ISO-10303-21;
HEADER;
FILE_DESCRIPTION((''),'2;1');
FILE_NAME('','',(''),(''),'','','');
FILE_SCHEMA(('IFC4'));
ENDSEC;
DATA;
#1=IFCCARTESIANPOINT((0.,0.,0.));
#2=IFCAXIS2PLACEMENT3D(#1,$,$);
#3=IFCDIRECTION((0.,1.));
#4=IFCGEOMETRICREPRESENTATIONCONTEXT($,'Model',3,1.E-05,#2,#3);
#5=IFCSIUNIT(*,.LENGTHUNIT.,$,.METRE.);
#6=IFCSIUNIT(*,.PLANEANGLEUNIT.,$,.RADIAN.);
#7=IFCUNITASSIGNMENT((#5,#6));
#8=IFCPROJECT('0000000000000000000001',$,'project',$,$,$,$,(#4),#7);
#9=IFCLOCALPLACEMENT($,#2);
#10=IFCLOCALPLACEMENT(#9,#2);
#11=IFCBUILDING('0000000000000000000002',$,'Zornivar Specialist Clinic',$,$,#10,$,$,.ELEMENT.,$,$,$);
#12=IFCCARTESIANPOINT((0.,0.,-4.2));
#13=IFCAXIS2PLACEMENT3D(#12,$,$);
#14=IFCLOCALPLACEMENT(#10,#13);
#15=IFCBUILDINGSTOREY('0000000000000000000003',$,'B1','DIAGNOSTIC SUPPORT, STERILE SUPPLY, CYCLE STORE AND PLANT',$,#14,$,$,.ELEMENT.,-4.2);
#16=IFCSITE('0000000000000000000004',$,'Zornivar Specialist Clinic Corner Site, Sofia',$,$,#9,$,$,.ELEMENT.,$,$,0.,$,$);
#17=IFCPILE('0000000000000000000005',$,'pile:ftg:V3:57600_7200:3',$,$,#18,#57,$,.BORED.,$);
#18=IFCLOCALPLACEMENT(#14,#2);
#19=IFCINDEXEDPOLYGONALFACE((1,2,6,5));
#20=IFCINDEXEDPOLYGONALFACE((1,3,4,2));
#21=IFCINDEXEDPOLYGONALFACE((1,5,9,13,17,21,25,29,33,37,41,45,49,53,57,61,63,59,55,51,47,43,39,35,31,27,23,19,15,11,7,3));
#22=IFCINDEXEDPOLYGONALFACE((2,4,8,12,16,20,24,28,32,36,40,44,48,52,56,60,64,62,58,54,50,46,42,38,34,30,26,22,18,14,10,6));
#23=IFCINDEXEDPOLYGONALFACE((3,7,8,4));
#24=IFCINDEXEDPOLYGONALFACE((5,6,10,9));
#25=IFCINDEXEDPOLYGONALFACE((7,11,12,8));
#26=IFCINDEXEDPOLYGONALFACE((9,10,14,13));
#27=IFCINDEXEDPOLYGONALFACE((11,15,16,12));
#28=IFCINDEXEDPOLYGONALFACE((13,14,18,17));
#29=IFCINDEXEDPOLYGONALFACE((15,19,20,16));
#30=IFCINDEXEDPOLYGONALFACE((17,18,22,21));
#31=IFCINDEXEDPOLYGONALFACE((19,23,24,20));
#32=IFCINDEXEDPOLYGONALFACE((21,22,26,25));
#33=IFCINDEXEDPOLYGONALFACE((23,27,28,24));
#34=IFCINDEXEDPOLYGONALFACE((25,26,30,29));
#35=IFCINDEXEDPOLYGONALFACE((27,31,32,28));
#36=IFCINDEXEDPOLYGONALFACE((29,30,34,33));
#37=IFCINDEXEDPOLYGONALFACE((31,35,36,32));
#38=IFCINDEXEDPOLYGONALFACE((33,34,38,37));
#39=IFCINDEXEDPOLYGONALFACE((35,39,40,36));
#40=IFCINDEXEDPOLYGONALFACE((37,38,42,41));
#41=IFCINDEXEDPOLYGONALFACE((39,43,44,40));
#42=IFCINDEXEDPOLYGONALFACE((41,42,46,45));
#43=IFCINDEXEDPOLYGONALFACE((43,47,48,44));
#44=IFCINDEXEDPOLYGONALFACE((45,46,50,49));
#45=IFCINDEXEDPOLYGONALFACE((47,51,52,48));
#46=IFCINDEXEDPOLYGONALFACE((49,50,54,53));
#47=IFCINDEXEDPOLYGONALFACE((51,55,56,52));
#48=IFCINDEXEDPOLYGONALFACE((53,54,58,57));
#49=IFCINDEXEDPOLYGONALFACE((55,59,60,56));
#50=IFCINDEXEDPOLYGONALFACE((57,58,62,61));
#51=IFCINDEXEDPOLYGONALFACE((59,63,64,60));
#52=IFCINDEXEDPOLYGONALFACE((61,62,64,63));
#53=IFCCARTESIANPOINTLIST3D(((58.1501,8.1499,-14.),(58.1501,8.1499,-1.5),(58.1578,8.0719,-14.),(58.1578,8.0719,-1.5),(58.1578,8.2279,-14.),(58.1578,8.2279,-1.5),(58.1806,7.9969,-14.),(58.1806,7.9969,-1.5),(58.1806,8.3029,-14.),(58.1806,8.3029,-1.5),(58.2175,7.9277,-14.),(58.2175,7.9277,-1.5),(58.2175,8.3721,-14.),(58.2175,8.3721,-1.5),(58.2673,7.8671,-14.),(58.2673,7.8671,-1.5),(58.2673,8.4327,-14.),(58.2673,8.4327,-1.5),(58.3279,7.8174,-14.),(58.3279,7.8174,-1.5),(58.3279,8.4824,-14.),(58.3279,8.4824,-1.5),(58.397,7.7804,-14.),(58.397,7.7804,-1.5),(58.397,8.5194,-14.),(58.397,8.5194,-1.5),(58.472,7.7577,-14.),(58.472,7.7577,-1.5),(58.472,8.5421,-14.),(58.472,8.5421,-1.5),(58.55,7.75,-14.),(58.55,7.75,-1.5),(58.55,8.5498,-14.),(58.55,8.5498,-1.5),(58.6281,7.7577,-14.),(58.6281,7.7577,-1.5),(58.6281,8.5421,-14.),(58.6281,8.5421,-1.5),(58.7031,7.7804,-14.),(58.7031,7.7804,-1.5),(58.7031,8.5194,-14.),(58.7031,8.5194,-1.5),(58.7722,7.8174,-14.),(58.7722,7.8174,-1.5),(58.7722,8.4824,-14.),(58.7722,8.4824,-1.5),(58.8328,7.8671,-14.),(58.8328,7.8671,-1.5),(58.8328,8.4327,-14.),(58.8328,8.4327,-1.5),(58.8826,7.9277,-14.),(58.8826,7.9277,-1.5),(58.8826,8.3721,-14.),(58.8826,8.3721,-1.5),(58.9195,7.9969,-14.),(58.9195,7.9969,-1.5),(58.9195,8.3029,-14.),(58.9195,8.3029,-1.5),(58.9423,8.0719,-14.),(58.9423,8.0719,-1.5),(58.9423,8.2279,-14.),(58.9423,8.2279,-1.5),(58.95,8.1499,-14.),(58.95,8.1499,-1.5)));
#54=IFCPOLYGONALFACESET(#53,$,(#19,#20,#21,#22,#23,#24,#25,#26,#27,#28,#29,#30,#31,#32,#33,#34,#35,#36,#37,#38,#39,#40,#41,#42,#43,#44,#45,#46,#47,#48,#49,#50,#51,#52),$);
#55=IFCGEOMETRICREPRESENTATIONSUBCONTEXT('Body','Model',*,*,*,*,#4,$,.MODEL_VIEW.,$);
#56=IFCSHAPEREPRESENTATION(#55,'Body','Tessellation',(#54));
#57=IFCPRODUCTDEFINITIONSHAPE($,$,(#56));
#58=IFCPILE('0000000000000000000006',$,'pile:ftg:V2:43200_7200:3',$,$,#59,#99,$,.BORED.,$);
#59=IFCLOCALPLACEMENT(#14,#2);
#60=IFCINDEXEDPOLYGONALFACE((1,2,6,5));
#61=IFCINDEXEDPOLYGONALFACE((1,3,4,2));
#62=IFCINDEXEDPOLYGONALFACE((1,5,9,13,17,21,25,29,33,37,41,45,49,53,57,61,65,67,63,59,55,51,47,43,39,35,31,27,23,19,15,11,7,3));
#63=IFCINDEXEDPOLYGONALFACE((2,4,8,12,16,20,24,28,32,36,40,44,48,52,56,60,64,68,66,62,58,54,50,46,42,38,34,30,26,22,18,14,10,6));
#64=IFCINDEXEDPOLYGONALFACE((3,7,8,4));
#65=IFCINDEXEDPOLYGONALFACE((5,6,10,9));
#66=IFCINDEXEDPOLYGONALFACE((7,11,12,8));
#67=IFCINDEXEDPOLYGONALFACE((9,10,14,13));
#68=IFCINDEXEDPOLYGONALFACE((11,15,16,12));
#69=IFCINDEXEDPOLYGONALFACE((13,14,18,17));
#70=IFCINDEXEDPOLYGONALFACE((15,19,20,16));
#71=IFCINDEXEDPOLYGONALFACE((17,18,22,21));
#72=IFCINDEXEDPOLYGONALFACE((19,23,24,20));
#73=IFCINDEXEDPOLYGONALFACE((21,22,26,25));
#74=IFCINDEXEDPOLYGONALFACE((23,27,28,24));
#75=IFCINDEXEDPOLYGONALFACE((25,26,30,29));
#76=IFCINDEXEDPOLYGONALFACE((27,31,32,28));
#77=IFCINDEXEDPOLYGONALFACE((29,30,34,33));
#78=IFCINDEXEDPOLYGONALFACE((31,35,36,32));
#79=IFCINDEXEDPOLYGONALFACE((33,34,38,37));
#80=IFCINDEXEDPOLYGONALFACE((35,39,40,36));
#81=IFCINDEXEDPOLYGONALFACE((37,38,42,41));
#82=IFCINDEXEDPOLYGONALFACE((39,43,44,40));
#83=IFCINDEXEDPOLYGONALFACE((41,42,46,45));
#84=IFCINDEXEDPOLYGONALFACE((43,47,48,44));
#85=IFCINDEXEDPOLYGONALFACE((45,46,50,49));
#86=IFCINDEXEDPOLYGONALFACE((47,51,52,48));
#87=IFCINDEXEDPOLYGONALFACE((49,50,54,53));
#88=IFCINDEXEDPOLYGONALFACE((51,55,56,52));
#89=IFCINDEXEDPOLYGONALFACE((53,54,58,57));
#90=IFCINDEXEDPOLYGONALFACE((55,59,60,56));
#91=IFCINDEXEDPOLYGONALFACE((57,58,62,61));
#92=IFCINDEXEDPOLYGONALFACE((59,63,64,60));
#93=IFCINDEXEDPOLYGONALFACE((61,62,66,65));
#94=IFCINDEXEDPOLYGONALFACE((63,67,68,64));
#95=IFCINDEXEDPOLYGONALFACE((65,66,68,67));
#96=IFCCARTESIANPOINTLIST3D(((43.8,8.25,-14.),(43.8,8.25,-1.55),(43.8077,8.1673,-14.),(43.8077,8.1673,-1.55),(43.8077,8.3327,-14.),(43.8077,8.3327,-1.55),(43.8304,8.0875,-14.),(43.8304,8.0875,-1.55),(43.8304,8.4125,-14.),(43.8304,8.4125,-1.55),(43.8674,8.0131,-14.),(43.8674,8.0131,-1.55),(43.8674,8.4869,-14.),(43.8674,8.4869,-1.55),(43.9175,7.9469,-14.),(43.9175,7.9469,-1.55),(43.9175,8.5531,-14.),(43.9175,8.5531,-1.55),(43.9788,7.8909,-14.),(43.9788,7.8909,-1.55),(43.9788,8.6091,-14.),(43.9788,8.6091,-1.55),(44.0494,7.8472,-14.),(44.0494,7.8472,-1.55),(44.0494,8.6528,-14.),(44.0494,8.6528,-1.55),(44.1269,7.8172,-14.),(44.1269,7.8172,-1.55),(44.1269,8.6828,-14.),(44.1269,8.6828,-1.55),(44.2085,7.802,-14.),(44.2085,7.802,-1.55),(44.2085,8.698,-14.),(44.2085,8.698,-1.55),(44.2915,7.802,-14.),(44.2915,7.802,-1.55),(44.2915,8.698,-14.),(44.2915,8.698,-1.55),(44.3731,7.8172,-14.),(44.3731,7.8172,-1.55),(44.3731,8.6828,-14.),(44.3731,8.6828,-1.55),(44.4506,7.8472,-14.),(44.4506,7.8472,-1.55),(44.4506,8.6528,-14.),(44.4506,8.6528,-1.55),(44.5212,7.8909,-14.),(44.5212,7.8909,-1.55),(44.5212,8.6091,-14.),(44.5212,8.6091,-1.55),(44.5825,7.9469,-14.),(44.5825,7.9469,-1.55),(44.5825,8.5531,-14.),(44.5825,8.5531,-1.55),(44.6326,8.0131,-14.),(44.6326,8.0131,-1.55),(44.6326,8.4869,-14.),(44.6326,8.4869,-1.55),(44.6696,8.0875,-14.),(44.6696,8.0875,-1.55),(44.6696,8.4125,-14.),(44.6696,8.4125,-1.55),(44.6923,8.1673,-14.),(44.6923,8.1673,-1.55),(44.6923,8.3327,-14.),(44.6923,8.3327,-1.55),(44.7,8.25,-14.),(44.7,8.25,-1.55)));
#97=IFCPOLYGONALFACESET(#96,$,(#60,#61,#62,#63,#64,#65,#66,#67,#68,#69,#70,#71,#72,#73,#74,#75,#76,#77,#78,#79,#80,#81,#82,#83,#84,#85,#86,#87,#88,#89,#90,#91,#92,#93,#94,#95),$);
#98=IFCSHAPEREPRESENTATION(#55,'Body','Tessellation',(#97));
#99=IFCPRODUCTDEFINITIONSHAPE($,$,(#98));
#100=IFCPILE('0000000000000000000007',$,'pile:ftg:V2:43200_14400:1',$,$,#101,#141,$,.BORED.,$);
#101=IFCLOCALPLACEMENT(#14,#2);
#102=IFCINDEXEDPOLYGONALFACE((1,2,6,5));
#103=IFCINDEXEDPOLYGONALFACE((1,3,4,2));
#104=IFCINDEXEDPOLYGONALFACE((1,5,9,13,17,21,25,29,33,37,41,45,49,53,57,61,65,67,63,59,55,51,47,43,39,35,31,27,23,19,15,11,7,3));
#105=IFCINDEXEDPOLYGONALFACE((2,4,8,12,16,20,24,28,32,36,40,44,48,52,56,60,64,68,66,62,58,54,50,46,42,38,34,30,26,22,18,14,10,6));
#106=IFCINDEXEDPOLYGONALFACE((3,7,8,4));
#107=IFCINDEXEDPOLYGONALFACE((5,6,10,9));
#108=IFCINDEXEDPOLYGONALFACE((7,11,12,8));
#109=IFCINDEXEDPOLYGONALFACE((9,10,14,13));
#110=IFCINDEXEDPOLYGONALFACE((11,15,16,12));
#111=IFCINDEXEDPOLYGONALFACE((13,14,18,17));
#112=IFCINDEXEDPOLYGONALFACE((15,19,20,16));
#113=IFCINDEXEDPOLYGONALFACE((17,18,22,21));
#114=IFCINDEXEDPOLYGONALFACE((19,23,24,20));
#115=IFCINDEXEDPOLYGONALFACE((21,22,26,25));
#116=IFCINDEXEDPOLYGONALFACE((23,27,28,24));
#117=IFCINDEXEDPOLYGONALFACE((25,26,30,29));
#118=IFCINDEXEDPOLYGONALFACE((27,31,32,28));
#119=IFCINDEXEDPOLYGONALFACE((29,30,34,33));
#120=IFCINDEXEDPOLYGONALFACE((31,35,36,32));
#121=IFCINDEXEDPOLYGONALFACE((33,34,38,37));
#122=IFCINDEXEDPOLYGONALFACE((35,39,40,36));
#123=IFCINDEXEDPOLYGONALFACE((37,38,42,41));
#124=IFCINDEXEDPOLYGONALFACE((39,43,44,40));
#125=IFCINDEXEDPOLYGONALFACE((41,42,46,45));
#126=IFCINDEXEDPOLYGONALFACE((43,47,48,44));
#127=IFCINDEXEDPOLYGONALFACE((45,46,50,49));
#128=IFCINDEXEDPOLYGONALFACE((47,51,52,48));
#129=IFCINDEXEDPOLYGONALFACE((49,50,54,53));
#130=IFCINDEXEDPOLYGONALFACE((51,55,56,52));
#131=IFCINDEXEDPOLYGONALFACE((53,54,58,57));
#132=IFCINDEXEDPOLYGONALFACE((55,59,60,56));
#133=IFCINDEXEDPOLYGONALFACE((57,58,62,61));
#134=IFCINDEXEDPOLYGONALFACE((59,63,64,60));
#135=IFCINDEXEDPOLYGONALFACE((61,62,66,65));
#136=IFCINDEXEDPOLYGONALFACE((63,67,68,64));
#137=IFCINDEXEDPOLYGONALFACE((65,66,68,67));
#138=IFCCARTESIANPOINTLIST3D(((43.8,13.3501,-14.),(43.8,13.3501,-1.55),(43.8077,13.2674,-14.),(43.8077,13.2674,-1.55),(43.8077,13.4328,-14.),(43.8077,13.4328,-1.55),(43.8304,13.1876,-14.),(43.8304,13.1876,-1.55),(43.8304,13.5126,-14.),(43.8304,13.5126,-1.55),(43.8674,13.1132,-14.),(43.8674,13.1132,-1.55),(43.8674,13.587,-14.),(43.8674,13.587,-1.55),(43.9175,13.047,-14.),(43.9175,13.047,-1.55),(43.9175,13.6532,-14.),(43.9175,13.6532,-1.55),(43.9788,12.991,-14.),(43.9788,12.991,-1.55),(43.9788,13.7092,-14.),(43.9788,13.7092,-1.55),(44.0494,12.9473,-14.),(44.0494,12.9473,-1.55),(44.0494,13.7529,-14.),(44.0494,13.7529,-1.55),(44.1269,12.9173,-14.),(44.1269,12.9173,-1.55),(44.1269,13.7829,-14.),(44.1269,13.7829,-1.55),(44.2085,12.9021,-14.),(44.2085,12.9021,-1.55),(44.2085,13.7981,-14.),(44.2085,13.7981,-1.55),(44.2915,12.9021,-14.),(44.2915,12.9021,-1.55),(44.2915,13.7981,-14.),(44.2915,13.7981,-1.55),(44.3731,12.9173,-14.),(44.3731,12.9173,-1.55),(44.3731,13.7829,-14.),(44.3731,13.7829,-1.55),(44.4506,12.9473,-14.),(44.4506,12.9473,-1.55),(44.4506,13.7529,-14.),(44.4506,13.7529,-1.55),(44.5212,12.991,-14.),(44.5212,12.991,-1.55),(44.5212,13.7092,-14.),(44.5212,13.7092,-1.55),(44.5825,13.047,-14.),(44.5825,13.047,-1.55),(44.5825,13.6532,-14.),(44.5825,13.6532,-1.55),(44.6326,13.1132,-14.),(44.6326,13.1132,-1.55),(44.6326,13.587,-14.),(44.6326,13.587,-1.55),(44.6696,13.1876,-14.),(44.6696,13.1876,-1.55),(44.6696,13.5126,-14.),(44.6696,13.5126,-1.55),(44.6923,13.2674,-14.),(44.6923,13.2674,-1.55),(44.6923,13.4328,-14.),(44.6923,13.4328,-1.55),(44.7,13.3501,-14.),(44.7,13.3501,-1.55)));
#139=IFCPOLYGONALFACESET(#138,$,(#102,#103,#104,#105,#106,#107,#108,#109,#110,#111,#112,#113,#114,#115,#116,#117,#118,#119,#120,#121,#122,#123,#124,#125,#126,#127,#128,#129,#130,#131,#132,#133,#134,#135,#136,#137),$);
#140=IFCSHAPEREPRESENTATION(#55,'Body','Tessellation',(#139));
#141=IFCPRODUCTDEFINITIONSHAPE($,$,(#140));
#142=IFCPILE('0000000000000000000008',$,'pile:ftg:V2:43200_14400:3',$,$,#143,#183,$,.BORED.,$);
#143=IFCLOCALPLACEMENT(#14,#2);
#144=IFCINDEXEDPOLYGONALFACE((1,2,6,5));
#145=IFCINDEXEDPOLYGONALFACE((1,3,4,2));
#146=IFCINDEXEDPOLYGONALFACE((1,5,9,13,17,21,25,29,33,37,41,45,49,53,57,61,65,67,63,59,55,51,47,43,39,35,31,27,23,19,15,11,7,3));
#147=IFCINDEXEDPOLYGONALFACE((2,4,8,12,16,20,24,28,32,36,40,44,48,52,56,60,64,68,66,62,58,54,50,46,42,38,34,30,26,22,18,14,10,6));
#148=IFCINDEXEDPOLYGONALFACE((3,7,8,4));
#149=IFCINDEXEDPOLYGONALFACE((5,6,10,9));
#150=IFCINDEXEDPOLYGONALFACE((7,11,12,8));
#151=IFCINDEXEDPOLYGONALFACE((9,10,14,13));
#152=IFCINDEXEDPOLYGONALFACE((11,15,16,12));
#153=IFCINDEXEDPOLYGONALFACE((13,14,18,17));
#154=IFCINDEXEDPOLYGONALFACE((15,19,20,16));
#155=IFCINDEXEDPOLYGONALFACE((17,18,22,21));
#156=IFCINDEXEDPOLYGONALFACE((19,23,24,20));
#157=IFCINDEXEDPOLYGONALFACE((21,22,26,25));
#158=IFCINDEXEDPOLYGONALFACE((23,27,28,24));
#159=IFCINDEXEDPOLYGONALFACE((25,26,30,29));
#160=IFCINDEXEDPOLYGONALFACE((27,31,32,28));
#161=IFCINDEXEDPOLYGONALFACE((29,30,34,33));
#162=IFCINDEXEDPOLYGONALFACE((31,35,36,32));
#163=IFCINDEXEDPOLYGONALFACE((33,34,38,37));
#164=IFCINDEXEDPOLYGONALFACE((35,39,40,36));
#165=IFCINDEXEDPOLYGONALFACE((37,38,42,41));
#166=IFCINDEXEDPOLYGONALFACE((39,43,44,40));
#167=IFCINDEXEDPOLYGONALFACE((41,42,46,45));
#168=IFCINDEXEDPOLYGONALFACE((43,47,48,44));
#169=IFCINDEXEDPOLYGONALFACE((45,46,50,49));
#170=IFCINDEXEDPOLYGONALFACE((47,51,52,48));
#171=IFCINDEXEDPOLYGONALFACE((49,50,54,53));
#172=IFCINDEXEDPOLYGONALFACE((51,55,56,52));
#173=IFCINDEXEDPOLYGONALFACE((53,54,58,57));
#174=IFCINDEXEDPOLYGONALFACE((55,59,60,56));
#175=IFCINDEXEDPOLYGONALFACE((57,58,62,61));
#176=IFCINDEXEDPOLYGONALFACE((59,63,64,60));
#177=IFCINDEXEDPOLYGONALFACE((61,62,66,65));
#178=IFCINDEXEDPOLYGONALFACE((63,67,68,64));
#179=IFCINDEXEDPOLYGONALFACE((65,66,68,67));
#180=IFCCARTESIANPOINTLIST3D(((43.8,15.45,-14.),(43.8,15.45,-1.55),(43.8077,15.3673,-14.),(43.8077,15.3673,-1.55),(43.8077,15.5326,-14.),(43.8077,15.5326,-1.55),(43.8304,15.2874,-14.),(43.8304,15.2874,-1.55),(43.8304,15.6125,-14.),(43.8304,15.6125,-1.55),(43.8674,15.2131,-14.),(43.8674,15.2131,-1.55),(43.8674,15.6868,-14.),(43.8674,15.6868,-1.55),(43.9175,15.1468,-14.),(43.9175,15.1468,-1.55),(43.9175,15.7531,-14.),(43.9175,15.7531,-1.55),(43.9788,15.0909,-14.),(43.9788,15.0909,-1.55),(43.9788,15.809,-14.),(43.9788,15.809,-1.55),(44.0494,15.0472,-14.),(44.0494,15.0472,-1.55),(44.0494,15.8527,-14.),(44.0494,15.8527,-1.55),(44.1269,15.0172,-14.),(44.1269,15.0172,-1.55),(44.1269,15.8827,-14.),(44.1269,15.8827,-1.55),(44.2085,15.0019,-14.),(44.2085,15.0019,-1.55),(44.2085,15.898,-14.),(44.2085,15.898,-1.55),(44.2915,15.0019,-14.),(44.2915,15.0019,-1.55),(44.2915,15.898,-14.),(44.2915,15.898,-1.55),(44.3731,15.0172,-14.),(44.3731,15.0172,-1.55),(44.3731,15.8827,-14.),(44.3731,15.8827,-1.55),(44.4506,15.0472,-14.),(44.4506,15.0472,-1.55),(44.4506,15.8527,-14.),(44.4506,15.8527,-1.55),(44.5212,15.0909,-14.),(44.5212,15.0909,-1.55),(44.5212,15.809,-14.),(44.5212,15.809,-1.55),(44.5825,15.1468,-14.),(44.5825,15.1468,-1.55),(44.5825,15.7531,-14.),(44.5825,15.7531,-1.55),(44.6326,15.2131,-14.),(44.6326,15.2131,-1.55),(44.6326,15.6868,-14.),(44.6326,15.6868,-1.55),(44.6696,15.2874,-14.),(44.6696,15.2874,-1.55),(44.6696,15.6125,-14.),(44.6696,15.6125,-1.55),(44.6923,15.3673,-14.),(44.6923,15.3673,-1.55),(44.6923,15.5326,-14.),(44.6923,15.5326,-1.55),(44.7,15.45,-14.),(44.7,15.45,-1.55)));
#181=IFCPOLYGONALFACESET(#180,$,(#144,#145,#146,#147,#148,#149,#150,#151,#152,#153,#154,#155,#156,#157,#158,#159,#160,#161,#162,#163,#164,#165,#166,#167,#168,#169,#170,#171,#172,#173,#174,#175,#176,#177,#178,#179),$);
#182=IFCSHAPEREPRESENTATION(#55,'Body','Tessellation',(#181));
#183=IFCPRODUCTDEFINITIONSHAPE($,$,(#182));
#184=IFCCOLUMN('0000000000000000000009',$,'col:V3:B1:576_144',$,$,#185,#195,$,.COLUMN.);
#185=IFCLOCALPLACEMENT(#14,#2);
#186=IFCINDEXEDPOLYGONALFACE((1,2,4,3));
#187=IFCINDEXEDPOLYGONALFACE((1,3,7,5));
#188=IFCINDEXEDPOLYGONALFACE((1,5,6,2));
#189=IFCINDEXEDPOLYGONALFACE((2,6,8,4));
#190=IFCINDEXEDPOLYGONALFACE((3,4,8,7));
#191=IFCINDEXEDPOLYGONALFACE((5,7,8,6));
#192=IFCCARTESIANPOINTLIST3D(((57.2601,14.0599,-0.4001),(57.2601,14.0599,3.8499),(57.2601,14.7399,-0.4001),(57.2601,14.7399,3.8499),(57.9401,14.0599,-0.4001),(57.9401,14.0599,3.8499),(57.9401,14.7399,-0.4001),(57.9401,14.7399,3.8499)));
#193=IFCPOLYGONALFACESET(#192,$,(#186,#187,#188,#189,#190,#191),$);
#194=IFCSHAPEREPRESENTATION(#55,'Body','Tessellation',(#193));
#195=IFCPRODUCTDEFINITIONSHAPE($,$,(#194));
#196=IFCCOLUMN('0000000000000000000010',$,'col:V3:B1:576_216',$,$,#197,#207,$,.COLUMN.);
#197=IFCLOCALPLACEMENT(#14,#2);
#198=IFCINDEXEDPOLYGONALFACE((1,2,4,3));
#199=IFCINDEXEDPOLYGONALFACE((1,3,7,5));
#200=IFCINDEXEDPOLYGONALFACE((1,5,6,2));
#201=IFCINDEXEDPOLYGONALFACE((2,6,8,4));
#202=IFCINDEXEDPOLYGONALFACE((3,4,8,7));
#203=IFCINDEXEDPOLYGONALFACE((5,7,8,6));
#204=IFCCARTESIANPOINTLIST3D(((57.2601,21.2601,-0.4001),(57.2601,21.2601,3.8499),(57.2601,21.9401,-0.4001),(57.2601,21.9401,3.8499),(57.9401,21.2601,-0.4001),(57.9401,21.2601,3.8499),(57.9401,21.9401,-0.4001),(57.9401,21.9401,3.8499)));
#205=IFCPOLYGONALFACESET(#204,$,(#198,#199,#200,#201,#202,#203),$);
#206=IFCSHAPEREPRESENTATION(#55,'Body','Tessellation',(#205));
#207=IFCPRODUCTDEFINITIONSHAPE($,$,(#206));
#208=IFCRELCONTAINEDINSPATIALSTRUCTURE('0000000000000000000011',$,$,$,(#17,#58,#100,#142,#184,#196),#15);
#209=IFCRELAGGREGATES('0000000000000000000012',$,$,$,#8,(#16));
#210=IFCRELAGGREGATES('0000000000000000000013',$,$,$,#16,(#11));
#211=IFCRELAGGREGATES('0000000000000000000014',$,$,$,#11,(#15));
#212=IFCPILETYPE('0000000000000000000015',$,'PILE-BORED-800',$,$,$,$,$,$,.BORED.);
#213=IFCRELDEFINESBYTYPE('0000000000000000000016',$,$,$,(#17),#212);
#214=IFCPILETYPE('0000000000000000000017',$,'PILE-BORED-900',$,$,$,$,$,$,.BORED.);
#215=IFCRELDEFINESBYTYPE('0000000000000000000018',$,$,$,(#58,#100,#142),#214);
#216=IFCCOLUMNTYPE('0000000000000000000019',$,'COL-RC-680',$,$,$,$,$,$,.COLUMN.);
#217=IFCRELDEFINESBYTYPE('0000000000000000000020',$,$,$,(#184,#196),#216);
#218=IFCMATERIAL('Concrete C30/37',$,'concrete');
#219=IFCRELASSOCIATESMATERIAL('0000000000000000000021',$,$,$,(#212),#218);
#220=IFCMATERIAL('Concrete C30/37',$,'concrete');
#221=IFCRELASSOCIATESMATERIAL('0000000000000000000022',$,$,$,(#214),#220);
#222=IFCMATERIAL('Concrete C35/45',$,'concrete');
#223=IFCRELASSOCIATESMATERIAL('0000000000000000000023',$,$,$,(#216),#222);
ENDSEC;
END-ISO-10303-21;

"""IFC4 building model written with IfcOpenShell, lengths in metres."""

from ifc_helpers import new_model, si_unit, direction, frame, origin, origin_2d, place, context, subcontext, project, spatial, rectangle, circle, extrude, material, material_profile, profile_set, type_object, element, save


model = new_model("IFC4")

# Units and contexts
model_context = context("Model", 3, precision=1e-05, world=origin(), true_north=direction((0.0, 1.0)))
body_context = subcontext(model_context, "Body", "Model", "MODEL_VIEW")
ifc_project = project(units=[si_unit("LENGTHUNIT", "METRE"), si_unit("PLANEANGLEUNIT", "RADIAN")], contexts=[model_context])

# Site, building, storey
site_placement = place(None, origin())
site = spatial("IfcSite", under=ifc_project, at=site_placement, Name="Zornivar Specialist Clinic Corner Site, Sofia", CompositionType="ELEMENT", RefElevation=0.0)
building_placement = place(site_placement, origin())
building = spatial("IfcBuilding", under=site, at=building_placement, Name="Zornivar Specialist Clinic", CompositionType="ELEMENT")
storey_placement = place(building_placement, frame((0.0, 0.0, -4.2)))
storey = spatial("IfcBuildingStorey", under=building, at=storey_placement, Name="B1", Description="DIAGNOSTIC SUPPORT, STERILE SUPPLY, CYCLE STORE AND PLANT", CompositionType="ELEMENT", Elevation=-4.2)

# Piles
ifc_material_1 = material(Name="Concrete C30/37", Category="concrete")
ifc_material_profile_1 = material_profile(ifc_material_1, circle(Radius=0.3999, at=origin_2d()), Name="PILE D800")
ifc_profile_set_1 = profile_set([ifc_material_profile_1], Name="Concrete C30/37")
pile_type_1 = type_object("IfcPileType", Name="PILE-BORED-800", PredefinedType="BORED", material=ifc_profile_set_1)
for number, where, z_axis, x_axis, name in (
    (1, (58.55, 8.1499, -1.5), (0.0, 0.0, -1.0), (1.0, 0.0, 0.0), "pile:ftg:V3:57600_7200:3"),
):
    element("IfcPile", number, at=place(storey_placement, frame(where, z_axis=z_axis, x_axis=x_axis)), inside=storey, type_object=pile_type_1, Name=name, PredefinedType="BORED", context=body_context, shape_type="SweptSolid", body=[
        extrude(circle(Radius=0.3999, at=origin_2d()), origin(), (0.0, 0.0, 1.0), 12.5),
    ])
ifc_material_2 = material(Name="Concrete C30/37", Category="concrete")
ifc_material_profile_2 = material_profile(ifc_material_2, circle(Radius=0.45, at=origin_2d()), Name="PILE D900")
ifc_profile_set_2 = profile_set([ifc_material_profile_2], Name="Concrete C30/37")
pile_type_2 = type_object("IfcPileType", Name="PILE-BORED-900", PredefinedType="BORED", material=ifc_profile_set_2)
for number, where, z_axis, x_axis, name in (
    (2, (44.25, 8.25, -1.55), (0.0, 0.0, -1.0), (1.0, 0.0, 0.0), "pile:ftg:V2:43200_7200:3"),
    (3, (44.25, 13.3501, -1.55), (0.0, 0.0, -1.0), (1.0, 0.0, 0.0), "pile:ftg:V2:43200_14400:1"),
    (4, (44.25, 15.45, -1.55), (0.0, 0.0, -1.0), (1.0, 0.0, 0.0), "pile:ftg:V2:43200_14400:3"),
):
    element("IfcPile", number, at=place(storey_placement, frame(where, z_axis=z_axis, x_axis=x_axis)), inside=storey, type_object=pile_type_2, Name=name, PredefinedType="BORED", context=body_context, shape_type="SweptSolid", body=[
        extrude(circle(Radius=0.45, at=origin_2d()), origin(), (0.0, 0.0, 1.0), 12.45),
    ])

# Columns
ifc_material_3 = material(Name="Concrete C35/45", Category="concrete")
ifc_material_profile_3 = material_profile(ifc_material_3, rectangle(XDim=0.6799, YDim=0.6799, at=origin_2d()), Name="RC 680x680")
ifc_profile_set_3 = profile_set([ifc_material_profile_3], Name="Concrete C35/45")
column_type = type_object("IfcColumnType", Name="COL-RC-680", PredefinedType="COLUMN", material=ifc_profile_set_3)
for number, where, z_axis, x_axis, name in (
    (5, (57.6001, 14.3999, -0.4001), (0.0, 0.0, 1.0), (1.0, 0.0, 0.0), "col:V3:B1:576_144"),
    (6, (57.6001, 21.6001, -0.4001), (0.0, 0.0, 1.0), (1.0, 0.0, 0.0), "col:V3:B1:576_216"),
):
    element("IfcColumn", number, at=place(storey_placement, frame(where, z_axis=z_axis, x_axis=x_axis)), inside=storey, type_object=column_type, Name=name, PredefinedType="COLUMN", context=body_context, shape_type="SweptSolid", body=[
        extrude(rectangle(XDim=0.6799, YDim=0.6799, at=origin_2d()), origin(), (0.0, 0.0, 1.0), 4.25),
    ])

save(model, "model.ifc")
